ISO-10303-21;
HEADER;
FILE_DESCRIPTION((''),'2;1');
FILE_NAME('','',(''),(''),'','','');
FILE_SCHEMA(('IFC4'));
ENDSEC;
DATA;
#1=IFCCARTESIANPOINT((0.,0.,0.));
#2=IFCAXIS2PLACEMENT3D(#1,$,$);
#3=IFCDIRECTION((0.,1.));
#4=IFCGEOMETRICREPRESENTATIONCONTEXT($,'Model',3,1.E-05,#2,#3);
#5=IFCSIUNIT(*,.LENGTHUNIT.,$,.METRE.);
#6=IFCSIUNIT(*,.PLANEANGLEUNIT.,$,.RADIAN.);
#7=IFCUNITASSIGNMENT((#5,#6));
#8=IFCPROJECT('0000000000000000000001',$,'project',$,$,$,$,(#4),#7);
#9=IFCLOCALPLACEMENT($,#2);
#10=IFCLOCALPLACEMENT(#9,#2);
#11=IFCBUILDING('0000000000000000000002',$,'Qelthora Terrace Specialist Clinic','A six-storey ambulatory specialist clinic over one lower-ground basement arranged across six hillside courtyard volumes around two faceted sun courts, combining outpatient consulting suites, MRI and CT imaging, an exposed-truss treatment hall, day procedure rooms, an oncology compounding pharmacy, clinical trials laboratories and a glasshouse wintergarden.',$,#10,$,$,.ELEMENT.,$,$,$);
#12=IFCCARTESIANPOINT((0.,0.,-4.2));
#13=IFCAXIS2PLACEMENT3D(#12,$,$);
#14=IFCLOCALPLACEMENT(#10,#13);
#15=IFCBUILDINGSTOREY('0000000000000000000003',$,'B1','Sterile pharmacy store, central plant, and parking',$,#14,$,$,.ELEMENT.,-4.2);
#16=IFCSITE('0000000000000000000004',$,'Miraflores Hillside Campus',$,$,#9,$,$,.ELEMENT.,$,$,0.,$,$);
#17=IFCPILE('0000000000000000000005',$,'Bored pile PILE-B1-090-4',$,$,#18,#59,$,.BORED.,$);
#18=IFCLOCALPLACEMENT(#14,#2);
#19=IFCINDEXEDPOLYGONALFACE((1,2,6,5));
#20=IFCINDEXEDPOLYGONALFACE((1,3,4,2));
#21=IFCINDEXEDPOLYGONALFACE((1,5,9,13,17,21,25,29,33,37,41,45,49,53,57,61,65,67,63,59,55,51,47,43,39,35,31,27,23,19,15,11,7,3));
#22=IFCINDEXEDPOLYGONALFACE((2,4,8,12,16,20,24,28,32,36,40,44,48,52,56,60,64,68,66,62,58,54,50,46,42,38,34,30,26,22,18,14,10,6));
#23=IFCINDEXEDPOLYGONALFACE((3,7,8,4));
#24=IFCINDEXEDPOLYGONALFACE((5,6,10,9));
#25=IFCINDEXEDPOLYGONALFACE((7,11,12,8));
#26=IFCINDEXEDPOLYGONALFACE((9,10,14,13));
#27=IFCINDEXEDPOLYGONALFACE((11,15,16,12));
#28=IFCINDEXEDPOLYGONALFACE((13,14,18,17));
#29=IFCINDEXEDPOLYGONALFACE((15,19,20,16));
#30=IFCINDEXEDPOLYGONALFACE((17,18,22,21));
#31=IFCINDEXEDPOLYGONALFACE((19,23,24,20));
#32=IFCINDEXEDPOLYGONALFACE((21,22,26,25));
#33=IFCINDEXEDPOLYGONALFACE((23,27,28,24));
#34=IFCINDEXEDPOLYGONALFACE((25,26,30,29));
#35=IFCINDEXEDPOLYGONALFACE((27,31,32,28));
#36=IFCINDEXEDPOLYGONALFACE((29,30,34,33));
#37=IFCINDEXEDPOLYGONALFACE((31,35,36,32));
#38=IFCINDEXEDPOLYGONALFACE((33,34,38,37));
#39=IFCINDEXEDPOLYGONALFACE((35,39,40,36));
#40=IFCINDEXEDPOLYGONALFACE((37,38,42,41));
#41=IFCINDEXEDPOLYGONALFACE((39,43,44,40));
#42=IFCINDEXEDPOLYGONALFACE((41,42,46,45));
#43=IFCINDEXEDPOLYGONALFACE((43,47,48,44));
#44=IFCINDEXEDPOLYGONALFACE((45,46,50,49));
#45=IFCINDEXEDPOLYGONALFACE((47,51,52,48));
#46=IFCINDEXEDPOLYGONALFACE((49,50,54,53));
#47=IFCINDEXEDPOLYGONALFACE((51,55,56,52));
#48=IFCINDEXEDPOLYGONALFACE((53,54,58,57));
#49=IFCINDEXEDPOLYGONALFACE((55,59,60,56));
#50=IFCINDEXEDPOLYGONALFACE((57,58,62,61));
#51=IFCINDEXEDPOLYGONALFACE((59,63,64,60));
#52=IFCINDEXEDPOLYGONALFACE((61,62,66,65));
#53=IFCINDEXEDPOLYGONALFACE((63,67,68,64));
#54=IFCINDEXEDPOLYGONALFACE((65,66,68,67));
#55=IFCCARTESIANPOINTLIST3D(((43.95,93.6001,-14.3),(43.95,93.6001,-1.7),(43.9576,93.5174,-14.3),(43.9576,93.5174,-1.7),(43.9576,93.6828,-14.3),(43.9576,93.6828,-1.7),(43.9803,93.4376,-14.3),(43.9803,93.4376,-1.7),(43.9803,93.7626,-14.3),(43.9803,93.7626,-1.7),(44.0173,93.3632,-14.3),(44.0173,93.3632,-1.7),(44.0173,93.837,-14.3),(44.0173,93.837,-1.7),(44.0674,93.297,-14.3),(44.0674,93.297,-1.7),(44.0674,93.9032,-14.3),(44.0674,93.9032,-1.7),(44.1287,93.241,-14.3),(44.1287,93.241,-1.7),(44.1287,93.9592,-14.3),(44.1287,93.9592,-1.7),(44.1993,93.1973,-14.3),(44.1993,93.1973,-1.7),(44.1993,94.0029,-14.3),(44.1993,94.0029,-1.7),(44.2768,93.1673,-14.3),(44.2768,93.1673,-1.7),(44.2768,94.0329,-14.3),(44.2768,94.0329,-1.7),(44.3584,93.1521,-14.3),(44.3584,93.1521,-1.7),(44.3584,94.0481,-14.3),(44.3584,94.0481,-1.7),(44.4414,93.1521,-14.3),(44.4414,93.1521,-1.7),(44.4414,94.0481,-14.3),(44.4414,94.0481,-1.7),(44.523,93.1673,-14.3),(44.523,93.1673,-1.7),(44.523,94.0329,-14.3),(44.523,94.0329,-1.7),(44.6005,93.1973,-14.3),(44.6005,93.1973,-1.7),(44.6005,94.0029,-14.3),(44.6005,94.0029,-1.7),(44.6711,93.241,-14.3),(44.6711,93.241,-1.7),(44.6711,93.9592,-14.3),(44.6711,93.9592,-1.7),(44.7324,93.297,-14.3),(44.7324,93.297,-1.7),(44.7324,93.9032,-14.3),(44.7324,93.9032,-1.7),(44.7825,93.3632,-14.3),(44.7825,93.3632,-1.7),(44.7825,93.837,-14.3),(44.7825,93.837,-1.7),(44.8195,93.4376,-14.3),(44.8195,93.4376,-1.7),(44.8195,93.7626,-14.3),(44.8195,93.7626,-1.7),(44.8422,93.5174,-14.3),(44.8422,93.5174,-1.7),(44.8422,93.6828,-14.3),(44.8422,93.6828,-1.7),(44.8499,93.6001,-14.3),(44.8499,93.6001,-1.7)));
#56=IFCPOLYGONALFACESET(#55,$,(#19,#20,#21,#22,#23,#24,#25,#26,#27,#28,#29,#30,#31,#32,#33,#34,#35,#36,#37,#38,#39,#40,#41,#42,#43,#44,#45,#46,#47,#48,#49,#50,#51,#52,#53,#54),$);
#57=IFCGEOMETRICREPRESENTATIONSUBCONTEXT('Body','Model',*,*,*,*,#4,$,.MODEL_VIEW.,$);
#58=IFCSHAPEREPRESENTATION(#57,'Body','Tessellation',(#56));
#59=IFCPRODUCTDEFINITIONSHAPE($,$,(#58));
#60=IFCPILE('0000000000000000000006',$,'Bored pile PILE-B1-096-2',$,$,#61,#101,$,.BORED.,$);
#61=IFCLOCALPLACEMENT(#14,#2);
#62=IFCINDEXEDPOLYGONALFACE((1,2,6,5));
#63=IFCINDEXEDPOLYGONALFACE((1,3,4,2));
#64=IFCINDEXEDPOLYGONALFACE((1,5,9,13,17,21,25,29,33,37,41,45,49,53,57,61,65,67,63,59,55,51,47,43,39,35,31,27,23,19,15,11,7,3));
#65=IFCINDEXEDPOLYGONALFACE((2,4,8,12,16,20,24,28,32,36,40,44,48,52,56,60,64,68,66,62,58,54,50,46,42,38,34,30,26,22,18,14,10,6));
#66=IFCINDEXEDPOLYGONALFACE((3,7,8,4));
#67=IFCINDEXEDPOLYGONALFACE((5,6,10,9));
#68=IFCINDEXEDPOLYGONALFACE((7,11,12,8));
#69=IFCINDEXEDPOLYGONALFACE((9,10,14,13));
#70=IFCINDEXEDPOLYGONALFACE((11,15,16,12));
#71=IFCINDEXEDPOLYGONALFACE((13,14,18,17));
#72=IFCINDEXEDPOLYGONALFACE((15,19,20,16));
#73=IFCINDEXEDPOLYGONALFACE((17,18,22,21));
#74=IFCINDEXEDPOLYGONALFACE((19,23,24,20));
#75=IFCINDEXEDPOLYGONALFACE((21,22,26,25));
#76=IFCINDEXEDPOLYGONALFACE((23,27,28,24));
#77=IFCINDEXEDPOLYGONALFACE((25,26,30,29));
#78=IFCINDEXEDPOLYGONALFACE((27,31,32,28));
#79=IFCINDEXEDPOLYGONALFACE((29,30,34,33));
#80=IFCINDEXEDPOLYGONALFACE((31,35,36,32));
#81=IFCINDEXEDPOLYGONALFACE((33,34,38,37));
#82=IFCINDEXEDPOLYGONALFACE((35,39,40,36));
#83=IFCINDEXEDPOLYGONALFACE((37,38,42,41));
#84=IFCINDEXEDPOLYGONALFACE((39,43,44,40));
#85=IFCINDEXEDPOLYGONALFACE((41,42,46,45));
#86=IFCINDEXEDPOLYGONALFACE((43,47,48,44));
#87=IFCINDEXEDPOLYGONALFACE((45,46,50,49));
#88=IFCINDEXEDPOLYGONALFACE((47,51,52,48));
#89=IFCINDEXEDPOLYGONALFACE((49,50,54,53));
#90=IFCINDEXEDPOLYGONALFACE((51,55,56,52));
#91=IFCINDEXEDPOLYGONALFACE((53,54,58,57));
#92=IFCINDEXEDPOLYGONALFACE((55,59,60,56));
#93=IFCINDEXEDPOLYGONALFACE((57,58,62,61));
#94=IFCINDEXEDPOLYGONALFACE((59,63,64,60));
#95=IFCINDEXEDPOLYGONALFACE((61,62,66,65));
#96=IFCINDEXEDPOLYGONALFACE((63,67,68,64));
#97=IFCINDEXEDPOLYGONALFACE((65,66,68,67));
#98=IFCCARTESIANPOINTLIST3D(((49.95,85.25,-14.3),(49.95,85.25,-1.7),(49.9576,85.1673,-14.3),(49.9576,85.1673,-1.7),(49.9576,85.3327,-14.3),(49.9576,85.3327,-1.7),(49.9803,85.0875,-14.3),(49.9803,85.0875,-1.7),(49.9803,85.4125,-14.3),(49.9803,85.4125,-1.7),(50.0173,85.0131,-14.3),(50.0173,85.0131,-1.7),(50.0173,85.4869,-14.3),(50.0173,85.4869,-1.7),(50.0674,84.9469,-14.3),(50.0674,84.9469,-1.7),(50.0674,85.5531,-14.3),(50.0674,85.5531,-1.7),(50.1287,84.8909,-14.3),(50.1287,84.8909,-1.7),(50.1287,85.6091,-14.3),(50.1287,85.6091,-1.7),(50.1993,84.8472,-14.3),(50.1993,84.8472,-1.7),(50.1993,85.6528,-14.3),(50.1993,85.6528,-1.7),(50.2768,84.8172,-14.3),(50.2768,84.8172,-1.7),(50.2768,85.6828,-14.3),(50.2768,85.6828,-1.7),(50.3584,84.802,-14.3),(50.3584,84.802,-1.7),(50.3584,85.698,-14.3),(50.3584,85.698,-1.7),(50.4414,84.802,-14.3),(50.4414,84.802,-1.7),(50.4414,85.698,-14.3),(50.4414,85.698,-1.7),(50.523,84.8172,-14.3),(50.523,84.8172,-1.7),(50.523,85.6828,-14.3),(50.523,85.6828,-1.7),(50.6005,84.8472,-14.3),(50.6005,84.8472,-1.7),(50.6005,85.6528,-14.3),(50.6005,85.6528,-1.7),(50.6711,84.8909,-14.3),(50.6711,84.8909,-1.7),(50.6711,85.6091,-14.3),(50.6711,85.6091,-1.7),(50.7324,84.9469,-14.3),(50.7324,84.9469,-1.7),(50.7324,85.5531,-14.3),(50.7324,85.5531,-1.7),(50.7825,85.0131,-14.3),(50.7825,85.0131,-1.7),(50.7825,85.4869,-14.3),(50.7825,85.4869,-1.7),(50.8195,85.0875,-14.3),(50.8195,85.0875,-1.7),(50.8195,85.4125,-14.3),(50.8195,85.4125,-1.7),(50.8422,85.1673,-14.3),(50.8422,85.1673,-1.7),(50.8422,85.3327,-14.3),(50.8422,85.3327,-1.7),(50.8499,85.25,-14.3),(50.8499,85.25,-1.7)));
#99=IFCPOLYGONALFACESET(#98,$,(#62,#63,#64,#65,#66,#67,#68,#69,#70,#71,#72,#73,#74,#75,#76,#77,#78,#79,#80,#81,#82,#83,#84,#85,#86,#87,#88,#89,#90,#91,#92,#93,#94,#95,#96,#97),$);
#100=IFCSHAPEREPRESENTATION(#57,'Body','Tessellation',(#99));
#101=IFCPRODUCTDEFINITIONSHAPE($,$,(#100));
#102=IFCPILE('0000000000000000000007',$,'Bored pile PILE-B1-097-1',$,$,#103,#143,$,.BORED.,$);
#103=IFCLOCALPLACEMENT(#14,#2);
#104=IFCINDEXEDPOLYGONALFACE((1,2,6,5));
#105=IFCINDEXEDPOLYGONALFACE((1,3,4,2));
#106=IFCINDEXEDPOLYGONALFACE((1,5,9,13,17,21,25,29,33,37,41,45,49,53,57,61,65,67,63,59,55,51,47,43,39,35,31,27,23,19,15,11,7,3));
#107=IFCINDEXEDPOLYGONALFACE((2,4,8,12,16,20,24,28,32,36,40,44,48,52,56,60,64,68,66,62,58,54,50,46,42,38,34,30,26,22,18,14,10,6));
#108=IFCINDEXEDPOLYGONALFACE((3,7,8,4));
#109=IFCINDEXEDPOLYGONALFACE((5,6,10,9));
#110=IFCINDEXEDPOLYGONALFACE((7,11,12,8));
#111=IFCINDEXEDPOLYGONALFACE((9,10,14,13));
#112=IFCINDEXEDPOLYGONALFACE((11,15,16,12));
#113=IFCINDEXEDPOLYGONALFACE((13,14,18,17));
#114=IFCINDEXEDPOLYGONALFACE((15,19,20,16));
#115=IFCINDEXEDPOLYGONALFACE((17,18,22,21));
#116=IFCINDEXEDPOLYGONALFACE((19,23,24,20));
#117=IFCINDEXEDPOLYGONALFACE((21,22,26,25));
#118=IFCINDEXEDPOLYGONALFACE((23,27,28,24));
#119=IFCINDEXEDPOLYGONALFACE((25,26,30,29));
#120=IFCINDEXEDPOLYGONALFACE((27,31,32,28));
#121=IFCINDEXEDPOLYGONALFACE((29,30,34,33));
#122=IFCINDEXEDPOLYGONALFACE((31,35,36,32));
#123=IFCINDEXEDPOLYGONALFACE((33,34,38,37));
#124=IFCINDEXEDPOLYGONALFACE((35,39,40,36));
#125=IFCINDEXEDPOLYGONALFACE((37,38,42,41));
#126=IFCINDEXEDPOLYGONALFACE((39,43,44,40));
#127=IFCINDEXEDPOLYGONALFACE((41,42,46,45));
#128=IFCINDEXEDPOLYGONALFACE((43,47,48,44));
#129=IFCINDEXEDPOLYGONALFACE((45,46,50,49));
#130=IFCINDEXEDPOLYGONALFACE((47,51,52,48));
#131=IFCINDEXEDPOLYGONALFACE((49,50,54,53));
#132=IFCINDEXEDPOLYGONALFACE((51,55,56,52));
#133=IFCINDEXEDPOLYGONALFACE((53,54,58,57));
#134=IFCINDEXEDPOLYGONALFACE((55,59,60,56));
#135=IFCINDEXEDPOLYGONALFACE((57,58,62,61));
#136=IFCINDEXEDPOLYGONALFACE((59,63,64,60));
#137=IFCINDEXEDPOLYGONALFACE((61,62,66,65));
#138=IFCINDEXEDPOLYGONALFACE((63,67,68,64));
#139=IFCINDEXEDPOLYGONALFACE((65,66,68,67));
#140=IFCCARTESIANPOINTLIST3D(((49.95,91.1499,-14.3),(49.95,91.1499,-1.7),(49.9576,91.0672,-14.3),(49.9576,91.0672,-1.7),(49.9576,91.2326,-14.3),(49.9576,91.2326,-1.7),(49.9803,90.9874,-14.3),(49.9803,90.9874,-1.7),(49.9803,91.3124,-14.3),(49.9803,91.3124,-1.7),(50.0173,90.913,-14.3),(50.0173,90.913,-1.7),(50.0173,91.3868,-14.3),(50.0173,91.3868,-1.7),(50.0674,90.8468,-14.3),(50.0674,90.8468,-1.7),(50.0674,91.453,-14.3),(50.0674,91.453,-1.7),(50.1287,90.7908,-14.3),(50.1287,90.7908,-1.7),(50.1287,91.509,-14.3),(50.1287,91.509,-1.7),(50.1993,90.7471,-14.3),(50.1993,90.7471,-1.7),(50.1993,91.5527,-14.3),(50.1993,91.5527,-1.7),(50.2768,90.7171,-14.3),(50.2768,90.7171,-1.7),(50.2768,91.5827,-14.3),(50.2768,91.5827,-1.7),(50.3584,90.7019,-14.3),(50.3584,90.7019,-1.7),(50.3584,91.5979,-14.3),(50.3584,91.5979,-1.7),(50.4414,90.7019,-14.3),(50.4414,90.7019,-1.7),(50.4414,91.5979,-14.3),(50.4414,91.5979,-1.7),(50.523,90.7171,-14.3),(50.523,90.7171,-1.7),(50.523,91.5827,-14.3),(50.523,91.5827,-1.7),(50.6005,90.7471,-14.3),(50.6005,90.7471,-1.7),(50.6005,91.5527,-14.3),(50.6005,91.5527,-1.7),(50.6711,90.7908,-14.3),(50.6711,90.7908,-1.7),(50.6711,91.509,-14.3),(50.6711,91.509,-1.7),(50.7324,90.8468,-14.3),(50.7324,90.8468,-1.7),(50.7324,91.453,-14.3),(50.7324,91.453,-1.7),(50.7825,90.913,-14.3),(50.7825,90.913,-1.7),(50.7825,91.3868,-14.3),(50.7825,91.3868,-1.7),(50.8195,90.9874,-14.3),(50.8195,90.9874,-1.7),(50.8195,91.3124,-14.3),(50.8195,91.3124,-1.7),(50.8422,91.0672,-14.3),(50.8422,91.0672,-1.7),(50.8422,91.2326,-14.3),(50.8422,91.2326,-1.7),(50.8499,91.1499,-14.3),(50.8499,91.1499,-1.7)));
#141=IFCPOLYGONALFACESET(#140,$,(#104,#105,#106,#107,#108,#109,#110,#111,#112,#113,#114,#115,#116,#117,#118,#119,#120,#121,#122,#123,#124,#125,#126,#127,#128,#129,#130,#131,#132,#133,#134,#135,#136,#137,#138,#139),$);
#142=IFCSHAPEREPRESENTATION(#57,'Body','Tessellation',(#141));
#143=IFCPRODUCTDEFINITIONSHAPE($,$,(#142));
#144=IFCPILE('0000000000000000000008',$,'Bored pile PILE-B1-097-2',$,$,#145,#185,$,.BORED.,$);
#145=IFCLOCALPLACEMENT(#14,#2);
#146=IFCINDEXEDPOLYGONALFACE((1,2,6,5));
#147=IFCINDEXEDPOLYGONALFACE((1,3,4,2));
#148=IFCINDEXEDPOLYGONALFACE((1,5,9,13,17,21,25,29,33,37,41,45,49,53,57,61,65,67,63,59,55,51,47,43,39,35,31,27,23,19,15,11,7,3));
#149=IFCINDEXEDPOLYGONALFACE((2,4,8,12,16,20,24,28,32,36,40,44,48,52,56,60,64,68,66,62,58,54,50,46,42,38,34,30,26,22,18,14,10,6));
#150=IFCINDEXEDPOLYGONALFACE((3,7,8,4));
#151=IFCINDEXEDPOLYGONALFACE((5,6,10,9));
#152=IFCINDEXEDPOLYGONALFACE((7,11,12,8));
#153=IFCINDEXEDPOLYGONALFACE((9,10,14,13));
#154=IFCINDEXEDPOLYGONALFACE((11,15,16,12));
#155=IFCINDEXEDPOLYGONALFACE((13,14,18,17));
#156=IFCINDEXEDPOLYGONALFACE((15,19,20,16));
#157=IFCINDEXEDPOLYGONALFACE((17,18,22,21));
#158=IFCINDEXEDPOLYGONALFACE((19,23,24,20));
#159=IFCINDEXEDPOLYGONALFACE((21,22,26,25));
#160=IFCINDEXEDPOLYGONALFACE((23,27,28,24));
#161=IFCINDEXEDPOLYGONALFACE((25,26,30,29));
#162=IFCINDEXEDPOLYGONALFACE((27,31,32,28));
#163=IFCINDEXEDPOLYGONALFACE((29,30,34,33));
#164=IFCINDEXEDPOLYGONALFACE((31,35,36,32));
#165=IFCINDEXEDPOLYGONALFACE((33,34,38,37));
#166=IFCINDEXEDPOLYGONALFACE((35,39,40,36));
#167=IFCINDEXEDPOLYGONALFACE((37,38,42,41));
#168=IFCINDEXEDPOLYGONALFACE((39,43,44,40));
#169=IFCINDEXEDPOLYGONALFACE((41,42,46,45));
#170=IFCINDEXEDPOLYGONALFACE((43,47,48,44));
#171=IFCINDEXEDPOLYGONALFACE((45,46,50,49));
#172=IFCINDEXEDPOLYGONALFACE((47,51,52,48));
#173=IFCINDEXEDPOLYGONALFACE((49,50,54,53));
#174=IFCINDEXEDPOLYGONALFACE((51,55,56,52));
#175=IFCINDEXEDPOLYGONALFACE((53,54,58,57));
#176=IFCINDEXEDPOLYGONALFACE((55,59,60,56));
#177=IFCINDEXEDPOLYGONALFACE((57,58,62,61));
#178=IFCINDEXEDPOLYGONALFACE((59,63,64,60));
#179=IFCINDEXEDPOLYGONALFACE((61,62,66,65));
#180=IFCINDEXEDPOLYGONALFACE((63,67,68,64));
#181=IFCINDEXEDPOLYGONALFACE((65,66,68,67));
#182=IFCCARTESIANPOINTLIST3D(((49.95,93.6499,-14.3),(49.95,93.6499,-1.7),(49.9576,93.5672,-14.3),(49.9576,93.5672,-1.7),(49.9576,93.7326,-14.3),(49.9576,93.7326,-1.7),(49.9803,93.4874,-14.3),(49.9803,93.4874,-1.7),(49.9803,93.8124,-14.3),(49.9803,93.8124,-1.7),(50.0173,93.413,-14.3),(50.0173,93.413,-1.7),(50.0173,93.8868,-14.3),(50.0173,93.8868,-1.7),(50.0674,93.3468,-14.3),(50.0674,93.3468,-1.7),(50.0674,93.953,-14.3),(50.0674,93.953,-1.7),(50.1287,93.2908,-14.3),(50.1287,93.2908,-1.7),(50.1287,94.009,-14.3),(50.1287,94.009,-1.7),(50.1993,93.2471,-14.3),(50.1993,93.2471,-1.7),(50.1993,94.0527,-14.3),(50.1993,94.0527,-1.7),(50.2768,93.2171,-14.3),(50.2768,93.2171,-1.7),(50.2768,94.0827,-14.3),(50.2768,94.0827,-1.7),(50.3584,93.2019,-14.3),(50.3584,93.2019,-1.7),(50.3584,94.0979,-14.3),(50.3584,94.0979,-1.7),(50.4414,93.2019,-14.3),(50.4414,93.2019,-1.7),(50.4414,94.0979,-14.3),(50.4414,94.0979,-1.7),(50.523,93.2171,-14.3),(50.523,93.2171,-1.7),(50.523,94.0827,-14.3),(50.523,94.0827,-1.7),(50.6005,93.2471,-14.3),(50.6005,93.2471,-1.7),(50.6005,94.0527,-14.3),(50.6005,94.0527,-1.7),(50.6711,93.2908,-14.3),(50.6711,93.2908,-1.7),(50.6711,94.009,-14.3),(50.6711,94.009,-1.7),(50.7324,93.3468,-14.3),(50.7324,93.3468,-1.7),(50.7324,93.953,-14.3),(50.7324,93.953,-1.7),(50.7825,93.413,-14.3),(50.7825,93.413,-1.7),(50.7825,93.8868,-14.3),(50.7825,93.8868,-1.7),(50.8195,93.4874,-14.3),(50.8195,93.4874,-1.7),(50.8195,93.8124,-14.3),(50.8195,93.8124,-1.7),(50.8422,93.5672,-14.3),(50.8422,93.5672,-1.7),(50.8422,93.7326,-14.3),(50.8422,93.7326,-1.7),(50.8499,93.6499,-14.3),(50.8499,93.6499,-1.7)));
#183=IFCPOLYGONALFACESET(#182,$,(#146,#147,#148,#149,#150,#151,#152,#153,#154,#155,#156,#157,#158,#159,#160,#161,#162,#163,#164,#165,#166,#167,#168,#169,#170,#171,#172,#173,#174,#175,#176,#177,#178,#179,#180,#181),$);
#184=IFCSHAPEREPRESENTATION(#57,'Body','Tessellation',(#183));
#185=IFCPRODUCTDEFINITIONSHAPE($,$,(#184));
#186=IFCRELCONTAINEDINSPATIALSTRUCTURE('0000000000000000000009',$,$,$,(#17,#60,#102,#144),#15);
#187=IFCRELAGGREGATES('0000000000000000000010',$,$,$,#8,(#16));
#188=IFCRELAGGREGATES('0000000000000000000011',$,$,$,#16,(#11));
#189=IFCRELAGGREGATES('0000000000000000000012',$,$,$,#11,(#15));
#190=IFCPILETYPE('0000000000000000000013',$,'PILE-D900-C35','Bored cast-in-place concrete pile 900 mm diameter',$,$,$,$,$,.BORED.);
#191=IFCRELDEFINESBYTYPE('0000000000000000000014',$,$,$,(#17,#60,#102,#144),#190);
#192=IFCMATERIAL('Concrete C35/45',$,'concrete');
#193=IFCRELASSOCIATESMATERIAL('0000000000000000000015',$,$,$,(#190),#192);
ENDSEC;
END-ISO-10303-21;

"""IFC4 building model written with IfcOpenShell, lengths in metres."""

from ifc_helpers import new_model, si_unit, direction, frame, origin, origin_2d, place, context, subcontext, project, spatial, circle, extrude, material, material_profile, profile_set, type_object, element, save


model = new_model("IFC4")

# Units and contexts
model_context = context("Model", 3, precision=1e-05, world=origin(), true_north=direction((0.0, 1.0)))
body_context = subcontext(model_context, "Body", "Model", "MODEL_VIEW")
ifc_project = project(units=[si_unit("LENGTHUNIT", "METRE"), si_unit("PLANEANGLEUNIT", "RADIAN")], contexts=[model_context])

# Site, building, storey
site_placement = place(None, origin())
site = spatial("IfcSite", under=ifc_project, at=site_placement, Name="Miraflores Hillside Campus", CompositionType="ELEMENT", RefElevation=0.0)
building_placement = place(site_placement, origin())
building = spatial("IfcBuilding", under=site, at=building_placement, Name="Qelthora Terrace Specialist Clinic", Description="A six-storey ambulatory specialist clinic over one lower-ground basement arranged across six hillside courtyard volumes around two faceted sun courts, combining outpatient consulting suites, MRI and CT imaging, an exposed-truss treatment hall, day procedure rooms, an oncology compounding pharmacy, clinical trials laboratories and a glasshouse wintergarden.", CompositionType="ELEMENT")
storey_placement = place(building_placement, frame((0.0, 0.0, -4.2)))
storey = spatial("IfcBuildingStorey", under=building, at=storey_placement, Name="B1", Description="Sterile pharmacy store, central plant, and parking", CompositionType="ELEMENT", Elevation=-4.2)

# Shared definitions
ifc_material_1 = material(Name="Concrete C35/45", Category="concrete")

# Piles
ifc_material_profile_1 = material_profile(ifc_material_1, circle(Radius=0.45, at=origin_2d()), Name="PILE900")
ifc_profile_set_1 = profile_set([ifc_material_profile_1], Name="Concrete C35/45")
pile_type_1 = type_object("IfcPileType", Name="PILE-D900-C35", Description="Bored cast-in-place concrete pile 900 mm diameter", PredefinedType="BORED", material=ifc_profile_set_1)
for number, where, z_axis, x_axis, name in (
    (1, (44.3999, 93.6001, -1.7), (0.0, 0.0, -1.0), (1.0, 0.0, 0.0), "Bored pile PILE-B1-090-4"),
    (2, (50.3999, 85.25, -1.7), (0.0, 0.0, -1.0), (1.0, 0.0, 0.0), "Bored pile PILE-B1-096-2"),
    (3, (50.3999, 91.1499, -1.7), (0.0, 0.0, -1.0), (1.0, 0.0, 0.0), "Bored pile PILE-B1-097-1"),
    (4, (50.3999, 93.6499, -1.7), (0.0, 0.0, -1.0), (1.0, 0.0, 0.0), "Bored pile PILE-B1-097-2"),
):
    element("IfcPile", number, at=place(storey_placement, frame(where, z_axis=z_axis, x_axis=x_axis)), inside=storey, type_object=pile_type_1, Name=name, PredefinedType="BORED", context=body_context, shape_type="SweptSolid", body=[
        extrude(circle(Radius=0.45, at=origin_2d()), origin(), (0.0, 0.0, 1.0), 12.6001),
    ])

save(model, "model.ifc")
